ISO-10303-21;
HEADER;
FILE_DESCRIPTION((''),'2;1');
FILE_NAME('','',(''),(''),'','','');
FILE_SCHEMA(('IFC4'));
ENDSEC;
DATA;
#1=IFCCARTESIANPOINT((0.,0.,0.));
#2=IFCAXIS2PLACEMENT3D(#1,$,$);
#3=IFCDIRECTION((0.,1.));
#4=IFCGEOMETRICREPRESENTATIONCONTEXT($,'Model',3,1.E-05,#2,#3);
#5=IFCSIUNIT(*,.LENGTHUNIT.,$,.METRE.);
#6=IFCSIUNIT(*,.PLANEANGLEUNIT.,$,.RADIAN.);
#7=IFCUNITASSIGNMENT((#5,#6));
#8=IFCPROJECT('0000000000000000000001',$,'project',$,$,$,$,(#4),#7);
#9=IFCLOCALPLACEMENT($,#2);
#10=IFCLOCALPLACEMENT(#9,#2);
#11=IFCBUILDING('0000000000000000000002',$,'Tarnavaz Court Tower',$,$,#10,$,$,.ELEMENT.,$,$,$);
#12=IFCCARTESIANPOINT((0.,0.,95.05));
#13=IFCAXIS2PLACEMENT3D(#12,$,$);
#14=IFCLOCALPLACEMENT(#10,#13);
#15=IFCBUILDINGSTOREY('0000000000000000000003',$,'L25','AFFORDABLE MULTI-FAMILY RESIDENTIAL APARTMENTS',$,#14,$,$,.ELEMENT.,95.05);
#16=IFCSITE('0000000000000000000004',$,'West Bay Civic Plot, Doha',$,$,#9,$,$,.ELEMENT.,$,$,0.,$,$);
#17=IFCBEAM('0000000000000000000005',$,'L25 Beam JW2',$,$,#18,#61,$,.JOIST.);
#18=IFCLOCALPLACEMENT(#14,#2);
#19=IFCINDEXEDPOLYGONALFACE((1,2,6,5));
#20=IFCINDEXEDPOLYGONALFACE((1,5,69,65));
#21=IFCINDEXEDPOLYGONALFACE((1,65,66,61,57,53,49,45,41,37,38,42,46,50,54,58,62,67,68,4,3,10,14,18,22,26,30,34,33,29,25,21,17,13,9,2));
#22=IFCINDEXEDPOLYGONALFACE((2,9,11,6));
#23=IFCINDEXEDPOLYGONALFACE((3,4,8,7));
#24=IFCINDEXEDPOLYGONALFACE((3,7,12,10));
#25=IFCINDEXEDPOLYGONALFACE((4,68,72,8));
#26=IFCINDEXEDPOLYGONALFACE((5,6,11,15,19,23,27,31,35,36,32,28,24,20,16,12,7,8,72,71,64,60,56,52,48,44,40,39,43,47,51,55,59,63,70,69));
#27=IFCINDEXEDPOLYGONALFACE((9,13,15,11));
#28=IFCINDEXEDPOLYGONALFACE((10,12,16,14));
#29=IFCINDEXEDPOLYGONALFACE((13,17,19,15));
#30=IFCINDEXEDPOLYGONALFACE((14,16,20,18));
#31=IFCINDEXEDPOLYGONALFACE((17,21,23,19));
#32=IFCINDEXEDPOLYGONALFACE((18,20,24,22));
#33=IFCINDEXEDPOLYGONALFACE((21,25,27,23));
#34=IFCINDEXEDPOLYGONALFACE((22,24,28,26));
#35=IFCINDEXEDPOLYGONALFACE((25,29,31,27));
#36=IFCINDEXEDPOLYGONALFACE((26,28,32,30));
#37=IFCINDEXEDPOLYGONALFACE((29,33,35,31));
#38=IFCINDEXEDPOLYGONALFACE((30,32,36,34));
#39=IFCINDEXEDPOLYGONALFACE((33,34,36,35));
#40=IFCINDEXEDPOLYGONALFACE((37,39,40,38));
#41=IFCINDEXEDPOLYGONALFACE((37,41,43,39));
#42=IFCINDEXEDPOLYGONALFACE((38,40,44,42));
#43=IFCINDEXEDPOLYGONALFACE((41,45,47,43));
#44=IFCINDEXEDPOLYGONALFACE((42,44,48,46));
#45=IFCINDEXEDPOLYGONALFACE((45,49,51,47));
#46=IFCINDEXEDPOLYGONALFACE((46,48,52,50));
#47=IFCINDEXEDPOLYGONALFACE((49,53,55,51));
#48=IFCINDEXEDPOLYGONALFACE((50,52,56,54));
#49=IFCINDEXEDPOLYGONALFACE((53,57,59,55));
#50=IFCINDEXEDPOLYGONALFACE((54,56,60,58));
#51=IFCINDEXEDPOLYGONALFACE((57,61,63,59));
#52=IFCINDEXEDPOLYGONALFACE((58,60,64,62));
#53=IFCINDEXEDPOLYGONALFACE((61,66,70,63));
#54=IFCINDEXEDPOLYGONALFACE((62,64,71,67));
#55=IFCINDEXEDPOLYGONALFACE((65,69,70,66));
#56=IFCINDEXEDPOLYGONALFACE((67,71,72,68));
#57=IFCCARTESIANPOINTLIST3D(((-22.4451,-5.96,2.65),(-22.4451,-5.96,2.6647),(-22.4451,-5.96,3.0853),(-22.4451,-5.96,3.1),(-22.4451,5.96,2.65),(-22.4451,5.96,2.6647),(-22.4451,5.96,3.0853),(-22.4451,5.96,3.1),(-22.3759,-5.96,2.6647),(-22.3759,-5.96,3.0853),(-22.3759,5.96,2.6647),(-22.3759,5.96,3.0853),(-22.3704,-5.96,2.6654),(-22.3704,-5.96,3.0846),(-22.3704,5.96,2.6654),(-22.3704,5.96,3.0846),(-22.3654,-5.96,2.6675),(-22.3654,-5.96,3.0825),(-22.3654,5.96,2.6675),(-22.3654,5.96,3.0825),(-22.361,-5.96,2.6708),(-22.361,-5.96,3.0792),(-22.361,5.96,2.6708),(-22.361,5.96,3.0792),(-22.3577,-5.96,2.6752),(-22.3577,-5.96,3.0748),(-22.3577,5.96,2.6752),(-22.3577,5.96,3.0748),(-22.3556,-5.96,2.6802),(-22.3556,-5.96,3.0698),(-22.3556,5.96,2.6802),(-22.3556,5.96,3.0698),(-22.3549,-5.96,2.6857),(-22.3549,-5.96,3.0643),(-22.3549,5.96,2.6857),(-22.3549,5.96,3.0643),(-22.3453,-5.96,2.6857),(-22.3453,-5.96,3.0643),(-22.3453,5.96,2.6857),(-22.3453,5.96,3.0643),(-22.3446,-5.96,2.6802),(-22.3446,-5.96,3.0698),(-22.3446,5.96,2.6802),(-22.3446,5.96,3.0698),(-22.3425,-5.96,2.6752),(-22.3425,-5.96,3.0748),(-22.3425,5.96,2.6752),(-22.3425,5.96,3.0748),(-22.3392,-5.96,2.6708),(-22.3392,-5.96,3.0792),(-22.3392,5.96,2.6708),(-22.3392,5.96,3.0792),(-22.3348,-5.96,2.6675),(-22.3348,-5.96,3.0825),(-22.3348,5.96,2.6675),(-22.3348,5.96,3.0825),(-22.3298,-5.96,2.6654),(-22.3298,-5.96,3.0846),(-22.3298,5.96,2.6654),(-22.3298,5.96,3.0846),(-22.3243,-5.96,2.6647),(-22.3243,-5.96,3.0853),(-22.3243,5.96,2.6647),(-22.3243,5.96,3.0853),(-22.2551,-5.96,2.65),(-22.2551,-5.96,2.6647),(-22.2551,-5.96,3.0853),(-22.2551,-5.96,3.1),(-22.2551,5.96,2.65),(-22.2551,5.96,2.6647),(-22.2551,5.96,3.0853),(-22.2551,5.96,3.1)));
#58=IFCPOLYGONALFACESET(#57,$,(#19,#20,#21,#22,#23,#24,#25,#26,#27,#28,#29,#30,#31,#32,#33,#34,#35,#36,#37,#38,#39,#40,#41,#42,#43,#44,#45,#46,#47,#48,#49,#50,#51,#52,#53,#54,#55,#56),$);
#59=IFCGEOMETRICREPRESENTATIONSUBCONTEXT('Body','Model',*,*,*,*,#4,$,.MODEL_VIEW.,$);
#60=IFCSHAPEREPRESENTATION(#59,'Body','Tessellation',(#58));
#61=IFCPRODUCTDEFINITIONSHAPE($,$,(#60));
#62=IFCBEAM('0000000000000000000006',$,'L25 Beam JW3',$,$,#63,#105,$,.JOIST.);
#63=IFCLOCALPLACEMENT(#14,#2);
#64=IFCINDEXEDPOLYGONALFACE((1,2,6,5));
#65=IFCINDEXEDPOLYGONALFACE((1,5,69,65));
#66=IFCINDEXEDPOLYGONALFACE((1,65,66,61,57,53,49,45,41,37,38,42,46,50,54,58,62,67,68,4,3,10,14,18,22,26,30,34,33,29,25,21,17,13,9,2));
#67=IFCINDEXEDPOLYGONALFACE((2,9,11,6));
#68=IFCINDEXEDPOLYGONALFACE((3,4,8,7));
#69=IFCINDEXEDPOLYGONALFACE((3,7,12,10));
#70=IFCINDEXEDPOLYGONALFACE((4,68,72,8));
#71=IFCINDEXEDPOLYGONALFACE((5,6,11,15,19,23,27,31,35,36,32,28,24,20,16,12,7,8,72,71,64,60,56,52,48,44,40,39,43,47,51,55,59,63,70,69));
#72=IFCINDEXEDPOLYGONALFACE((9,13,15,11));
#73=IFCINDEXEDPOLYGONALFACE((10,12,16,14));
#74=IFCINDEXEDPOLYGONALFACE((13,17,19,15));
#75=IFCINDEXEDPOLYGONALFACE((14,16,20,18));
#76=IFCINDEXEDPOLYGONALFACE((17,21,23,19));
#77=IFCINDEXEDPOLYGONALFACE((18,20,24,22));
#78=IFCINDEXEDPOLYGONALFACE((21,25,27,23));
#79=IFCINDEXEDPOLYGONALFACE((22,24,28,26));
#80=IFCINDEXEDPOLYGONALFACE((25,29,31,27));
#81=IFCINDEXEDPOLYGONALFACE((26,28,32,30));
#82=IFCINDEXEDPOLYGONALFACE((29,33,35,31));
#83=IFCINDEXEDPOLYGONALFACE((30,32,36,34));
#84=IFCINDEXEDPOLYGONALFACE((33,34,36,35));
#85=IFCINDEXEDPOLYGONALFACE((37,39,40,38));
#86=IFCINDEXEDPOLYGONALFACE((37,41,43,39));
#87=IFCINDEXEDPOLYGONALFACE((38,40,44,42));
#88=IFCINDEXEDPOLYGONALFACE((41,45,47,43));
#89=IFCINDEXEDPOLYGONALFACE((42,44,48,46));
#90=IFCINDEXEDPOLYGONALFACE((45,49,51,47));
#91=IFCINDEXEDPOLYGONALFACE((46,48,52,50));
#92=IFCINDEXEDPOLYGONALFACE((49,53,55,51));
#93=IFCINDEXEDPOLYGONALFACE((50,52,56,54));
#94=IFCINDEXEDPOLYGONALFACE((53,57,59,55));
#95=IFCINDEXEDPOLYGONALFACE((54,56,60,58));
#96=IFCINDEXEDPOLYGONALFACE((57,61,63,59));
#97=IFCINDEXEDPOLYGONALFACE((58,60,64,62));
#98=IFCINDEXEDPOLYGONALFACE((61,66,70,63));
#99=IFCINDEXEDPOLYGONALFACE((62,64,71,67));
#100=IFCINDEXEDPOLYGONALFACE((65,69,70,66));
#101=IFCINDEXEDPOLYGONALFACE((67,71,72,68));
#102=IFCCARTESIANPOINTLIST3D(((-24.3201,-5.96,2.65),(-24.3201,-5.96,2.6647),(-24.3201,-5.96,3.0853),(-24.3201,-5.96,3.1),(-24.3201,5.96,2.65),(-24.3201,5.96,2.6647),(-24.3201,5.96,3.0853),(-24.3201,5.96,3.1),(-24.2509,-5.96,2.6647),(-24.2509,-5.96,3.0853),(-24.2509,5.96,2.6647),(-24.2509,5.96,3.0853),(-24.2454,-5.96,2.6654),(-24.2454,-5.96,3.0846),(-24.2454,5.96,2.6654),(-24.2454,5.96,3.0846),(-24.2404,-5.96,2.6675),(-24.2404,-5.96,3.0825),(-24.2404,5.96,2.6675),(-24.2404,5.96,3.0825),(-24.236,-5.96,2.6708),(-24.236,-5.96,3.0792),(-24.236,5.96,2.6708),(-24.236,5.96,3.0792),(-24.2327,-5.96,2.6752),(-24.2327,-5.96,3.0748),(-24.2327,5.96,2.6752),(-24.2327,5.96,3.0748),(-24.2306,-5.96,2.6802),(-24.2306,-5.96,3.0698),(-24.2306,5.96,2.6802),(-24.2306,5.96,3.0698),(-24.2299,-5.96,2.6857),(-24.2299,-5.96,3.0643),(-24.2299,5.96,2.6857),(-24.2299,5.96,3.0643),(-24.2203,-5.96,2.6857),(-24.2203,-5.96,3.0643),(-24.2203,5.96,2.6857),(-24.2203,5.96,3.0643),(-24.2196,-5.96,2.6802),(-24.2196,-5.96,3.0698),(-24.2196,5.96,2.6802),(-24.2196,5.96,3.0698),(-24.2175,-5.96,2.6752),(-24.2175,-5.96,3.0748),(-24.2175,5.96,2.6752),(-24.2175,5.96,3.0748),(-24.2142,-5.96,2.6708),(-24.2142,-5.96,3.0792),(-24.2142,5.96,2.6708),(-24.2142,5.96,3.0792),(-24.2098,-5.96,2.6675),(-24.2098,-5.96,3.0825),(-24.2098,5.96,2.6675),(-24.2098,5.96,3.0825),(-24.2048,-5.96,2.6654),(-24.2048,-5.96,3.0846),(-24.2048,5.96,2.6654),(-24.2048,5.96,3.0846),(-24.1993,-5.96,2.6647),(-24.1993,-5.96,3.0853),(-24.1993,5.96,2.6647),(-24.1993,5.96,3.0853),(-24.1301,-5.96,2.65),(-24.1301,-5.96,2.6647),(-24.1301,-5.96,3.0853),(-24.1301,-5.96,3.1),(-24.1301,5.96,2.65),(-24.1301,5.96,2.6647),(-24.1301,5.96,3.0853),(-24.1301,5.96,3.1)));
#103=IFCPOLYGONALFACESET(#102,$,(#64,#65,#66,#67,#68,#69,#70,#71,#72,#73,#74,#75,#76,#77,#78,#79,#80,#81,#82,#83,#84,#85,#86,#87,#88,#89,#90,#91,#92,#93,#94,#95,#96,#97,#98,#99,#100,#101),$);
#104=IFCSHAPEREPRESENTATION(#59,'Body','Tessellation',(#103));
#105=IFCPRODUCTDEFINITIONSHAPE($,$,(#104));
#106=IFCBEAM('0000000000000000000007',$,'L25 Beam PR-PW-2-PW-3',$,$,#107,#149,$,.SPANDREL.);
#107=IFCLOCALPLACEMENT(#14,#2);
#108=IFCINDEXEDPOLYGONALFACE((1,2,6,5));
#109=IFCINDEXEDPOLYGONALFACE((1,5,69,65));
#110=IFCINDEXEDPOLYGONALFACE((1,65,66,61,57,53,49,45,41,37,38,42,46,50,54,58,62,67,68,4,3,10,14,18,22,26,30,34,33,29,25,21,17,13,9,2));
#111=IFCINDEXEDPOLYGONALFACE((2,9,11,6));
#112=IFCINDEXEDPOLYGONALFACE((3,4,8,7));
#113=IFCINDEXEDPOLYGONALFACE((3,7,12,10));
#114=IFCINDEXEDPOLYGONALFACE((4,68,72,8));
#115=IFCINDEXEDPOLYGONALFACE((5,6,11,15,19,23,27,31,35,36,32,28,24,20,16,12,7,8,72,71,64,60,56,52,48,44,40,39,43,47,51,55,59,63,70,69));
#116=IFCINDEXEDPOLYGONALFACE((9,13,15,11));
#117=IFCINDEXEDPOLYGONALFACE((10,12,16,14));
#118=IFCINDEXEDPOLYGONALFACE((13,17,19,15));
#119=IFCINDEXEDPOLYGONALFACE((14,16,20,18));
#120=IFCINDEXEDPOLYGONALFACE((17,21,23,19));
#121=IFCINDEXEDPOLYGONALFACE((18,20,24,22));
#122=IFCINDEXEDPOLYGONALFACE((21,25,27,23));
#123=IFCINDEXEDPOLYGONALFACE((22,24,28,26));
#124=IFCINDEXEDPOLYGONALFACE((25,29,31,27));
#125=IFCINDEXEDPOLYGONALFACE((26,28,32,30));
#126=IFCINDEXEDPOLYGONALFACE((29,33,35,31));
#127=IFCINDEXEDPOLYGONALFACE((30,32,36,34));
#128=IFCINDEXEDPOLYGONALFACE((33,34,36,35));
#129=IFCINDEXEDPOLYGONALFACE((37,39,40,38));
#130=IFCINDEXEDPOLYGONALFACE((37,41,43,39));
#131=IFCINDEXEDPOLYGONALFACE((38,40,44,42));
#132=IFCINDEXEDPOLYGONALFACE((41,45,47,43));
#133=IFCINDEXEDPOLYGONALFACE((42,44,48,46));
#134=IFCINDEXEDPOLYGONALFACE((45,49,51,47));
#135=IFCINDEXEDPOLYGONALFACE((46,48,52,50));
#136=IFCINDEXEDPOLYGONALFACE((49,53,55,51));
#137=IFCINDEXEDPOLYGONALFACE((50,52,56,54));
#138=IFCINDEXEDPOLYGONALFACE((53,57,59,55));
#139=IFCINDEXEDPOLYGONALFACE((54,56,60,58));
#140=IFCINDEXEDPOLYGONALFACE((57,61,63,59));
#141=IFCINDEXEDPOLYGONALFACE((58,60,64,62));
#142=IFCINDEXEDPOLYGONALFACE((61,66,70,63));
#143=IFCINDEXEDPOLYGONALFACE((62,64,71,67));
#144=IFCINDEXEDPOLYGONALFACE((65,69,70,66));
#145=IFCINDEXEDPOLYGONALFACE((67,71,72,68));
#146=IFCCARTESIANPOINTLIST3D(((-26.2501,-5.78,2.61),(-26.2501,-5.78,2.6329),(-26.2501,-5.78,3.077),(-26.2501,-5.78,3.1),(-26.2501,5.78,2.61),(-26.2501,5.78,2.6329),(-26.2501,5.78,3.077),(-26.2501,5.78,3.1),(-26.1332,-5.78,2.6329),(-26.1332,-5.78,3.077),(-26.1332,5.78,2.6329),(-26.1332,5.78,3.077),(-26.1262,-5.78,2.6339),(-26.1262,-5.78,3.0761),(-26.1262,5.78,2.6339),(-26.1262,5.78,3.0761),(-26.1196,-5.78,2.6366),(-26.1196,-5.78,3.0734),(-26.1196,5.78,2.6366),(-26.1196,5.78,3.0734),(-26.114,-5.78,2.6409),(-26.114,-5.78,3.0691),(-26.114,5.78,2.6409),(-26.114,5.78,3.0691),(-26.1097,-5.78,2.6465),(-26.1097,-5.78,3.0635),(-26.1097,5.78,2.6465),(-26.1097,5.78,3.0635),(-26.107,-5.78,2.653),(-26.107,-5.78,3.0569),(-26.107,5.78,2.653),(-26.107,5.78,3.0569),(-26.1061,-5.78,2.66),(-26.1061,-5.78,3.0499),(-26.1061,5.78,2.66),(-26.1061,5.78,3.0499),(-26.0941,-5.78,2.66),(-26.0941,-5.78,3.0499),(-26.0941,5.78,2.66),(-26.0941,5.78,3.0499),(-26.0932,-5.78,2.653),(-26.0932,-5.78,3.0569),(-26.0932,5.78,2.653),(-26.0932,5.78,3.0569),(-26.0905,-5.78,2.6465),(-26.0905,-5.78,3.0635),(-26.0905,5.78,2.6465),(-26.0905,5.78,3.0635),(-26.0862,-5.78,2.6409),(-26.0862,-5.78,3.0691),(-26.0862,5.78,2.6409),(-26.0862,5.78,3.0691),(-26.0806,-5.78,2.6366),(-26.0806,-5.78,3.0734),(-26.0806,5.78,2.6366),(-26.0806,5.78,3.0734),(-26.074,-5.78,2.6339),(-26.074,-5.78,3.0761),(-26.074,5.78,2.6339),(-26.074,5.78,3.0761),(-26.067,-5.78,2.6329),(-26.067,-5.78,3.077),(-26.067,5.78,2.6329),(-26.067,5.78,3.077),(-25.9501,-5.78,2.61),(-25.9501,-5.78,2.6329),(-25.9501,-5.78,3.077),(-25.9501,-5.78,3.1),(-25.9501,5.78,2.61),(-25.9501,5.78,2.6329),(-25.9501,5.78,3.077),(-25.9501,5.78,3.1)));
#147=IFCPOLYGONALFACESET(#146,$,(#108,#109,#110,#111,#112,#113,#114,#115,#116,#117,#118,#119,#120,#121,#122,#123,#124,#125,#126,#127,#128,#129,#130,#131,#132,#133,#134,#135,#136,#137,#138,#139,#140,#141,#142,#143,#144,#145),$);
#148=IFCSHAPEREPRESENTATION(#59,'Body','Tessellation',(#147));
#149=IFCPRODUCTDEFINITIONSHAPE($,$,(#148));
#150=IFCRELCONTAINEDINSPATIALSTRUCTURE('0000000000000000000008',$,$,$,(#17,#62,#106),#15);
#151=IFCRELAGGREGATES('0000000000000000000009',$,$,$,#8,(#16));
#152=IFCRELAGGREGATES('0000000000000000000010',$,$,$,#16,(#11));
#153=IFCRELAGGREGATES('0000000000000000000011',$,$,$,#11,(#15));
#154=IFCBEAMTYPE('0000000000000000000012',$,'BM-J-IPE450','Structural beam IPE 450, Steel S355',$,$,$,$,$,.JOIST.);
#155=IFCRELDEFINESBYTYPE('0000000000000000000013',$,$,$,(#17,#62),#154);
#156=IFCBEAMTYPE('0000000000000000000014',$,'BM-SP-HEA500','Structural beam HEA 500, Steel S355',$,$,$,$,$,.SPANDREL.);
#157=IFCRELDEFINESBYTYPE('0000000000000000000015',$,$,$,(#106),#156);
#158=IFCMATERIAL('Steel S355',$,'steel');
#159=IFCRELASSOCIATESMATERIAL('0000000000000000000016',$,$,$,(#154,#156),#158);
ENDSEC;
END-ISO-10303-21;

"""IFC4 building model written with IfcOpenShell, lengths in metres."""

from ifc_helpers import new_model, si_unit, direction, frame, origin, origin_2d, place, context, subcontext, project, spatial, i_section, extrude, material, material_profile, profile_set, type_object, element, save


model = new_model("IFC4")

# Units and contexts
model_context = context("Model", 3, precision=1e-05, world=origin(), true_north=direction((0.0, 1.0)))
body_context = subcontext(model_context, "Body", "Model", "MODEL_VIEW")
ifc_project = project(units=[si_unit("LENGTHUNIT", "METRE"), si_unit("PLANEANGLEUNIT", "RADIAN")], contexts=[model_context])

# Site, building, storey
site_placement = place(None, origin())
site = spatial("IfcSite", under=ifc_project, at=site_placement, Name="West Bay Civic Plot, Doha", CompositionType="ELEMENT", RefElevation=0.0)
building_placement = place(site_placement, origin())
building = spatial("IfcBuilding", under=site, at=building_placement, Name="Tarnavaz Court Tower", CompositionType="ELEMENT")
storey_placement = place(building_placement, frame((0.0, 0.0, 95.05)))
storey = spatial("IfcBuildingStorey", under=building, at=storey_placement, Name="L25", Description="AFFORDABLE MULTI-FAMILY RESIDENTIAL APARTMENTS", CompositionType="ELEMENT", Elevation=95.05)

# Beams
ifc_material_1 = material(Name="Steel S355", Category="steel")
ifc_material_profile_1 = material_profile(ifc_material_1, i_section(OverallWidth=0.1899, OverallDepth=0.45, WebThickness=0.0095, FlangeThickness=0.0146, FilletRadius=0.021, at=origin_2d()), Name="IPE 450")
ifc_profile_set_1 = profile_set([ifc_material_profile_1], Name="Steel S355")
beam_type_1 = type_object("IfcBeamType", Name="BM-J-IPE450", Description="Structural beam IPE 450, Steel S355", PredefinedType="JOIST", material=ifc_profile_set_1)
for number, where, z_axis, x_axis, name in (
    (1, (-22.3501, -5.96, 2.875), (0.0, 1.0, 0.0), (-1.0, 0.0, 0.0), "L25 Beam JW2"),
    (2, (-24.2251, -5.96, 2.875), (0.0, 1.0, 0.0), (-1.0, 0.0, 0.0), "L25 Beam JW3"),
):
    element("IfcBeam", number, at=place(storey_placement, frame(where, z_axis=z_axis, x_axis=x_axis)), inside=storey, type_object=beam_type_1, Name=name, PredefinedType="JOIST", context=body_context, shape_type="SweptSolid", body=[
        extrude(i_section(OverallWidth=0.1899, OverallDepth=0.45, WebThickness=0.0095, FlangeThickness=0.0146, FilletRadius=0.021, at=origin_2d()), origin(), (0.0, 0.0, 1.0), 11.9199),
    ])
ifc_material_profile_2 = material_profile(ifc_material_1, i_section(OverallWidth=0.3, OverallDepth=0.49, WebThickness=0.012, FlangeThickness=0.0229, FilletRadius=0.0271, at=origin_2d()), Name="HEA 500")
ifc_profile_set_2 = profile_set([ifc_material_profile_2], Name="Steel S355")
beam_type_2 = type_object("IfcBeamType", Name="BM-SP-HEA500", Description="Structural beam HEA 500, Steel S355", PredefinedType="SPANDREL", material=ifc_profile_set_2)
beam_1_placement = place(storey_placement, frame((-26.1001, -5.78, 2.855), z_axis=(0.0, 1.0, 0.0), x_axis=(-1.0, 0.0, 0.0)))
element("IfcBeam", 3, at=beam_1_placement, inside=storey, type_object=beam_type_2, Name="L25 Beam PR-PW-2-PW-3", PredefinedType="SPANDREL", context=body_context, shape_type="SweptSolid", body=[
    extrude(i_section(OverallWidth=0.3, OverallDepth=0.49, WebThickness=0.012, FlangeThickness=0.0229, FilletRadius=0.0271, at=origin_2d()), origin(), (0.0, 0.0, 1.0), 11.5601),
])

save(model, "model.ifc")
